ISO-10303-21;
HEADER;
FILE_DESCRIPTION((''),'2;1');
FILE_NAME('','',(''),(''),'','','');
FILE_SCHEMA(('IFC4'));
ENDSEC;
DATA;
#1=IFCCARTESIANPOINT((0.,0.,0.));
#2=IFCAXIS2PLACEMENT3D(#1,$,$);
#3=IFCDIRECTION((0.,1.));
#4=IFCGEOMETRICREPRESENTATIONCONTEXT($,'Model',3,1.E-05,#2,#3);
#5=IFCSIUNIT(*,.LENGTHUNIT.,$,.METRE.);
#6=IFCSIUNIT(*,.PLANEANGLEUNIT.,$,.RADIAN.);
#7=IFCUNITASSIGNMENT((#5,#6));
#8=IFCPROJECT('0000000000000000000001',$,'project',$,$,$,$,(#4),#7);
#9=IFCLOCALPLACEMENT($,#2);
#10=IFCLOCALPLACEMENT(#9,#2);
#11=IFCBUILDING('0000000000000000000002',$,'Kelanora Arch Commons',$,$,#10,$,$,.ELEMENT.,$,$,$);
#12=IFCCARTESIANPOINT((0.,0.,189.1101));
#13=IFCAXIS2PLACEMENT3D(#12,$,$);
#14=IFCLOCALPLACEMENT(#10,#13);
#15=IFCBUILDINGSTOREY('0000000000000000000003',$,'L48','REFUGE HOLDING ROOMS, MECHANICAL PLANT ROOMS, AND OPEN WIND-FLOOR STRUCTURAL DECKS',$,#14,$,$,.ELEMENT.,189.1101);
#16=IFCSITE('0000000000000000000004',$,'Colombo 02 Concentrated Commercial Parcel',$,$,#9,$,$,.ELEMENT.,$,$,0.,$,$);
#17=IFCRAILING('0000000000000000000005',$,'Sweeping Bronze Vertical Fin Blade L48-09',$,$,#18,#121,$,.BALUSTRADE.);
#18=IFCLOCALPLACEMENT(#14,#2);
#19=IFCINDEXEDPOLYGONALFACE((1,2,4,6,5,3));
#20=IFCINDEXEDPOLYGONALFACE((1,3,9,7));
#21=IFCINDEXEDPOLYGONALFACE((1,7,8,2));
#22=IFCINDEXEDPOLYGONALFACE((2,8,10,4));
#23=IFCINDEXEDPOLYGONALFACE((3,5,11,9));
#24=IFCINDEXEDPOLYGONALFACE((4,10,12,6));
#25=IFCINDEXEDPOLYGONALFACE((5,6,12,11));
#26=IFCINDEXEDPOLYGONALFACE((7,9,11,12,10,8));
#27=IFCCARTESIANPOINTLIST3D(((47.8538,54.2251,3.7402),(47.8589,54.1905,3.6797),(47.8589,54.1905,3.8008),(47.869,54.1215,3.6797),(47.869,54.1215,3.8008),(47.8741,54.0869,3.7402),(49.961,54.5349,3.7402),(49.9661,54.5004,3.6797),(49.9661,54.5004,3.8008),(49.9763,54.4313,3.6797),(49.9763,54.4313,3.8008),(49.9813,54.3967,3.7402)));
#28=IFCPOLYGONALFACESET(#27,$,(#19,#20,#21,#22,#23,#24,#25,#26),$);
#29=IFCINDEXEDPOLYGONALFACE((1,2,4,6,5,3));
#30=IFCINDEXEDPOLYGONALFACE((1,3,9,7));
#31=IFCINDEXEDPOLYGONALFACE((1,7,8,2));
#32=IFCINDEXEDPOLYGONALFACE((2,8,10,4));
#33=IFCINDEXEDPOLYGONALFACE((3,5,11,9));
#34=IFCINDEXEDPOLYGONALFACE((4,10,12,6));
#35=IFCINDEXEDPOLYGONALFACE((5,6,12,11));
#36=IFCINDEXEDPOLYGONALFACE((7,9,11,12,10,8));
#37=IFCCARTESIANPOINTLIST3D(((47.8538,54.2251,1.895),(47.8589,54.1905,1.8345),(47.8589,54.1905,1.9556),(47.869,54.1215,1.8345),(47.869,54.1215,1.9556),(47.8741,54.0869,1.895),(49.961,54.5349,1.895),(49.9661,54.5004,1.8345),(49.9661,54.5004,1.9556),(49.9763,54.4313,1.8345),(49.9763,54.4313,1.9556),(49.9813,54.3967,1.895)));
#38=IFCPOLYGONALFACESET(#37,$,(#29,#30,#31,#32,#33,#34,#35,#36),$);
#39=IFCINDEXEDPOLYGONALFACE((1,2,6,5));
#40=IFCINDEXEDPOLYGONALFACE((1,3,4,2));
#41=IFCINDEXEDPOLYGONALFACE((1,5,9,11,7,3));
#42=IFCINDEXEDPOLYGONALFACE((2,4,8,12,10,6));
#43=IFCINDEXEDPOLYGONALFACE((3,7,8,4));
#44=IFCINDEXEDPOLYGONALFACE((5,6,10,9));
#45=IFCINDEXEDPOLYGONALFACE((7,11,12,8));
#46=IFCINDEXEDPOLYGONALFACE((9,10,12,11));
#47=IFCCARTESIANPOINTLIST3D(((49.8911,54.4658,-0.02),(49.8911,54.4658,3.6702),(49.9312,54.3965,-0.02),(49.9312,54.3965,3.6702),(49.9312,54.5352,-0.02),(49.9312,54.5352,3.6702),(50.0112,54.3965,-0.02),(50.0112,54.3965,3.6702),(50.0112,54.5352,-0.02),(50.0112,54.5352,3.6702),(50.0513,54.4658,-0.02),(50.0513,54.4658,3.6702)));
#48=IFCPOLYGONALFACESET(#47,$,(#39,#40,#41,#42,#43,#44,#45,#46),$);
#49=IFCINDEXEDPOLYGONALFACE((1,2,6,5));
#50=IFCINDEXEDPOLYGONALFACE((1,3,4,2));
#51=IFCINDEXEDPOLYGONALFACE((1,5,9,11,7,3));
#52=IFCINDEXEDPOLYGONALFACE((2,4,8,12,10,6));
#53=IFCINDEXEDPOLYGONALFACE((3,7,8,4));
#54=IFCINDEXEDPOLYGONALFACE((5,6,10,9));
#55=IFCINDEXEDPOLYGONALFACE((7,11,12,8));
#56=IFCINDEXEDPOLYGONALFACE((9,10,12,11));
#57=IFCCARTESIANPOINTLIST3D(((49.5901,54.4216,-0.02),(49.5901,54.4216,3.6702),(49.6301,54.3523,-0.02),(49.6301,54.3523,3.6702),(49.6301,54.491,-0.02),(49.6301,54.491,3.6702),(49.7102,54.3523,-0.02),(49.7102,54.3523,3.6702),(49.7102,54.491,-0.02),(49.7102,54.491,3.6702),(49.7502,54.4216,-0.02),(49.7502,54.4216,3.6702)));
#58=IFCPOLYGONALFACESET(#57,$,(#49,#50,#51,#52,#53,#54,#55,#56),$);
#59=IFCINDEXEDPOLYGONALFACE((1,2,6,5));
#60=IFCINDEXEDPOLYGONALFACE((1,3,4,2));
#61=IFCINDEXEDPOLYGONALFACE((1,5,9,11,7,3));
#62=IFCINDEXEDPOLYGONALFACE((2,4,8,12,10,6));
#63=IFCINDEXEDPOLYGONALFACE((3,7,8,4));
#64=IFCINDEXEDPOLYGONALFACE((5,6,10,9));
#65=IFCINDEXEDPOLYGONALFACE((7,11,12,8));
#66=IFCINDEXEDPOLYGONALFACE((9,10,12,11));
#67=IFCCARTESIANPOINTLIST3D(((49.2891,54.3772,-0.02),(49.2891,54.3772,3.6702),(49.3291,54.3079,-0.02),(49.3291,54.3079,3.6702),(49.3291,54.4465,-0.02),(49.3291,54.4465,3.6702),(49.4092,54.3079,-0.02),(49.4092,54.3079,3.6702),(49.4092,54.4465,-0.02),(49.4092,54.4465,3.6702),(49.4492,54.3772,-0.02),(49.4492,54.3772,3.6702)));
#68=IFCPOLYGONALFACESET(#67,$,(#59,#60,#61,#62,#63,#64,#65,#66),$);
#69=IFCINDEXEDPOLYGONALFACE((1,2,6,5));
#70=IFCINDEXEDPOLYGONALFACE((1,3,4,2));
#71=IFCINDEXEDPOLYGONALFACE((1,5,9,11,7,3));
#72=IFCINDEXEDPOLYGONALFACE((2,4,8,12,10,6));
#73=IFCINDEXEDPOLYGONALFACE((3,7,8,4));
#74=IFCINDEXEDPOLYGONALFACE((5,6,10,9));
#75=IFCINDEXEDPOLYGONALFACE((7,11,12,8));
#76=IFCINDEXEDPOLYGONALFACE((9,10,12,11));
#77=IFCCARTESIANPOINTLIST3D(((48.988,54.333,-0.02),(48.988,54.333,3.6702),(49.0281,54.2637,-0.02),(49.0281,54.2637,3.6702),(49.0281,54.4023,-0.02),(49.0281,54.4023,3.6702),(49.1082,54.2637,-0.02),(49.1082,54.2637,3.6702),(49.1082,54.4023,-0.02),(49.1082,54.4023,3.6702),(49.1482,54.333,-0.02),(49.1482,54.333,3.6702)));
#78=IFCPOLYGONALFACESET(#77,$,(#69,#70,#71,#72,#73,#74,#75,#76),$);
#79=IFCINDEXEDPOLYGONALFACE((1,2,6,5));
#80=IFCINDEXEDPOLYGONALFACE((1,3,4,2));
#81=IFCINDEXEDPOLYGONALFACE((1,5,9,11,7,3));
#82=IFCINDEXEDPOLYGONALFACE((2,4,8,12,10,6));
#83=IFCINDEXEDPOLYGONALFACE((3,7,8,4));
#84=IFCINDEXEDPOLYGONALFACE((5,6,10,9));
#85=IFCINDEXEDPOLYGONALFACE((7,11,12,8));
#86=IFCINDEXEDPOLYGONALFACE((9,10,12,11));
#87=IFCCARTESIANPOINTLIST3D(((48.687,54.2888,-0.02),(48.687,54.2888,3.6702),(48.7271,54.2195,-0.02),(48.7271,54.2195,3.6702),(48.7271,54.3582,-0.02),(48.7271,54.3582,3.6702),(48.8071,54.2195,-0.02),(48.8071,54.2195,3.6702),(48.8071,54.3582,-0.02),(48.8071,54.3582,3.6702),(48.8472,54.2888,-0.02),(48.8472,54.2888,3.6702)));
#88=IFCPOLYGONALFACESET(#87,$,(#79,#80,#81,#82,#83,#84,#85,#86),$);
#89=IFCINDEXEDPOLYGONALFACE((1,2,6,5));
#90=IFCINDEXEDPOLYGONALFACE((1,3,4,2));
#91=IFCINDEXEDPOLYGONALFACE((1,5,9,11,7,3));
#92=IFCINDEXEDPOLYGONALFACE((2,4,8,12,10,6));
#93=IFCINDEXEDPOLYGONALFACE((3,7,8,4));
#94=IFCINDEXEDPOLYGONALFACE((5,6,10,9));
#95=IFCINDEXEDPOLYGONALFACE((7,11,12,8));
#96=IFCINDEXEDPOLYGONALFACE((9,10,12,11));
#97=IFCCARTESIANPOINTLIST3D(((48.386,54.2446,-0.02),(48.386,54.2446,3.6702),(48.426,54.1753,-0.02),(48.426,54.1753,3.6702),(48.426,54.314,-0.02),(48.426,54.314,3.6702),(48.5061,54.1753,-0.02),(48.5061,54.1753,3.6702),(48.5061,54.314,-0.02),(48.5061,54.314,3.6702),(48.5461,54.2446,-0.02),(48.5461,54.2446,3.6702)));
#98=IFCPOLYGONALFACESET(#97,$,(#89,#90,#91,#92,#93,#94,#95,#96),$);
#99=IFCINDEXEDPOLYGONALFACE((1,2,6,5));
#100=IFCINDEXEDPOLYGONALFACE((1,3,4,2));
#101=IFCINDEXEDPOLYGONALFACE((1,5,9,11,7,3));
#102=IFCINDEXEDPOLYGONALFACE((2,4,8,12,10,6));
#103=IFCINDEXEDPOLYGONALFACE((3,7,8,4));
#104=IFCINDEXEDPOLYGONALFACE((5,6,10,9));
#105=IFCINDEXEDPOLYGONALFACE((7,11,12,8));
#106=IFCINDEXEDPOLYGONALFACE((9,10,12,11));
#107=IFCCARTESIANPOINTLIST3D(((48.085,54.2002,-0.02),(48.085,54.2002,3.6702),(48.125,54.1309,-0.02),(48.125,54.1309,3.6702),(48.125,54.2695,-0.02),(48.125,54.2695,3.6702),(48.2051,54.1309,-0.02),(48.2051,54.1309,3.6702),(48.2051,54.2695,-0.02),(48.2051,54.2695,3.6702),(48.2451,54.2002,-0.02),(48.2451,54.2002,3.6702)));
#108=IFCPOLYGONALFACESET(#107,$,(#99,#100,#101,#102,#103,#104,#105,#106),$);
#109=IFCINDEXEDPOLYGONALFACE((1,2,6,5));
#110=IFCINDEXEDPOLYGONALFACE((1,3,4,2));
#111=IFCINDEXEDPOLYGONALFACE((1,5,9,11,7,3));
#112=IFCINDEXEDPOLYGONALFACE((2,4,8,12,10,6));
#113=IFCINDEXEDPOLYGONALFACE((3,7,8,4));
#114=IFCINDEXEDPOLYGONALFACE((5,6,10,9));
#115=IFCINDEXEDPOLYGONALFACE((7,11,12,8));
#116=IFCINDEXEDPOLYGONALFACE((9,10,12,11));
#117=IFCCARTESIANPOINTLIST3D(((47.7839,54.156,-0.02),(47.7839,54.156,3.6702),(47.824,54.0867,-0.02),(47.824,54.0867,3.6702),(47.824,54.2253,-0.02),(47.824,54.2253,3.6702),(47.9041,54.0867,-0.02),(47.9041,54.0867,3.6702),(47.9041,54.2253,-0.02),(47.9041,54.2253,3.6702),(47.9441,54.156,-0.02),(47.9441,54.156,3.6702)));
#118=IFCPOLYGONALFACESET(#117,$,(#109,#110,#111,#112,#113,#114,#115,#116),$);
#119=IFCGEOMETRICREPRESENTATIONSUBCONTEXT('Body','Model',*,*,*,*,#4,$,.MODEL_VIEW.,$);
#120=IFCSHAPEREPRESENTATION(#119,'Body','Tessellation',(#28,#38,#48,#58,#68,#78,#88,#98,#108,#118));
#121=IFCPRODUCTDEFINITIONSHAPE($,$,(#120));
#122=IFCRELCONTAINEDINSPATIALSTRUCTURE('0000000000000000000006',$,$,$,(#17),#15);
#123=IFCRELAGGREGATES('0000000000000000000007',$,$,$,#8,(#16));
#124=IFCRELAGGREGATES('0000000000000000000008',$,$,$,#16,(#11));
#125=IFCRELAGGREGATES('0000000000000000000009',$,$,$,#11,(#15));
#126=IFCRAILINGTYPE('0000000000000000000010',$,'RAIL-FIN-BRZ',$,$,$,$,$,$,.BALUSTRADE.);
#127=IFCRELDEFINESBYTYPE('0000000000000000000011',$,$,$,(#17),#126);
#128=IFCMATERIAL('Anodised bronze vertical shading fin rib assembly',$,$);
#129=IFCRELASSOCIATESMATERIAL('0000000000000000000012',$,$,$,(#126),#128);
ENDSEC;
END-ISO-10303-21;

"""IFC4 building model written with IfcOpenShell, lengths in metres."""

from ifc_helpers import new_model, si_unit, direction, frame, origin, place, context, subcontext, project, spatial, polyline, outline, extrude, material, type_object, element, save


model = new_model("IFC4")

# Units and contexts
model_context = context("Model", 3, precision=1e-05, world=origin(), true_north=direction((0.0, 1.0)))
body_context = subcontext(model_context, "Body", "Model", "MODEL_VIEW")
ifc_project = project(units=[si_unit("LENGTHUNIT", "METRE"), si_unit("PLANEANGLEUNIT", "RADIAN")], contexts=[model_context])

# Site, building, storey
site_placement = place(None, origin())
site = spatial("IfcSite", under=ifc_project, at=site_placement, Name="Colombo 02 Concentrated Commercial Parcel", CompositionType="ELEMENT", RefElevation=0.0)
building_placement = place(site_placement, origin())
building = spatial("IfcBuilding", under=site, at=building_placement, Name="Kelanora Arch Commons", CompositionType="ELEMENT")
storey_placement = place(building_placement, frame((0.0, 0.0, 189.1101)))
storey = spatial("IfcBuildingStorey", under=building, at=storey_placement, Name="L48", Description="REFUGE HOLDING ROOMS, MECHANICAL PLANT ROOMS, AND OPEN WIND-FLOOR STRUCTURAL DECKS", CompositionType="ELEMENT", Elevation=189.1101)

# Railing
ifc_material_1 = material(Name="Anodised bronze vertical shading fin rib assembly")
railing_type = type_object("IfcRailingType", Name="RAIL-FIN-BRZ", PredefinedType="BALUSTRADE", material=ifc_material_1)
railing_1_placement = place(storey_placement, frame((49.9712, 54.4658, -0.02)))
element("IfcRailing", 1, at=railing_1_placement, inside=storey, type_object=railing_type, Name="Sweeping Bronze Vertical Fin Blade L48-09", PredefinedType="BALUSTRADE", context=body_context, shape_type="SweptSolid", body=[
    extrude(outline(polyline([(0.0698, 0.0), (0.0349, 0.0605), (-0.0349, 0.0605), (-0.0698, 0.0), (-0.0349, -0.0605), (0.0349, -0.0605), (0.0698, 0.0)])), frame((0.0, 0.0, 3.7603), z_axis=(-0.989364, -0.145464, 0.0), x_axis=(0.145464, -0.989364, 0.0)), (0.0, 0.0, 1.0), 2.1299),
    extrude(outline(polyline([(0.0698, 0.0), (0.0349, 0.0605), (-0.0349, 0.0605), (-0.0698, 0.0), (-0.0349, -0.0605), (0.0349, -0.0605), (0.0698, 0.0)])), frame((0.0, 0.0, 1.915), z_axis=(-0.989364, -0.145464, 0.0), x_axis=(0.145464, -0.989364, 0.0)), (0.0, 0.0, 1.0), 2.1299),
    extrude(outline(polyline([(0.0801, 0.0), (0.04, 0.0693), (-0.04, 0.0693), (-0.0801, 0.0), (-0.04, -0.0693), (0.04, -0.0693), (0.0801, 0.0)])), origin(), (0.0, 0.0, 1.0), 3.6902),
    extrude(outline(polyline([(0.0801, 0.0), (0.04, 0.0693), (-0.04, 0.0693), (-0.0801, 0.0), (-0.04, -0.0693), (0.04, -0.0693), (0.0801, 0.0)])), frame((-0.301, -0.0442, 0.0)), (0.0, 0.0, 1.0), 3.6902),
    extrude(outline(polyline([(0.0801, 0.0), (0.04, 0.0693), (-0.04, 0.0693), (-0.0801, 0.0), (-0.04, -0.0693), (0.04, -0.0693), (0.0801, 0.0)])), frame((-0.6021, -0.0886, 0.0)), (0.0, 0.0, 1.0), 3.6902),
    extrude(outline(polyline([(0.0801, 0.0), (0.04, 0.0693), (-0.04, 0.0693), (-0.0801, 0.0), (-0.04, -0.0693), (0.04, -0.0693), (0.0801, 0.0)])), frame((-0.9031, -0.1328, 0.0)), (0.0, 0.0, 1.0), 3.6902),
    extrude(outline(polyline([(0.0801, 0.0), (0.04, 0.0693), (-0.04, 0.0693), (-0.0801, 0.0), (-0.04, -0.0693), (0.04, -0.0693), (0.0801, 0.0)])), frame((-1.2041, -0.177, 0.0)), (0.0, 0.0, 1.0), 3.6902),
    extrude(outline(polyline([(0.0801, 0.0), (0.04, 0.0693), (-0.04, 0.0693), (-0.0801, 0.0), (-0.04, -0.0693), (0.04, -0.0693), (0.0801, 0.0)])), frame((-1.5051, -0.2212, 0.0)), (0.0, 0.0, 1.0), 3.6902),
    extrude(outline(polyline([(0.0801, 0.0), (0.04, 0.0693), (-0.04, 0.0693), (-0.0801, 0.0), (-0.04, -0.0693), (0.04, -0.0693), (0.0801, 0.0)])), frame((-1.8062, -0.2656, 0.0)), (0.0, 0.0, 1.0), 3.6902),
    extrude(outline(polyline([(0.0801, 0.0), (0.04, 0.0693), (-0.04, 0.0693), (-0.0801, 0.0), (-0.04, -0.0693), (0.04, -0.0693), (0.0801, 0.0)])), frame((-2.1072, -0.3098, 0.0)), (0.0, 0.0, 1.0), 3.6902),
])

save(model, "model.ifc")
